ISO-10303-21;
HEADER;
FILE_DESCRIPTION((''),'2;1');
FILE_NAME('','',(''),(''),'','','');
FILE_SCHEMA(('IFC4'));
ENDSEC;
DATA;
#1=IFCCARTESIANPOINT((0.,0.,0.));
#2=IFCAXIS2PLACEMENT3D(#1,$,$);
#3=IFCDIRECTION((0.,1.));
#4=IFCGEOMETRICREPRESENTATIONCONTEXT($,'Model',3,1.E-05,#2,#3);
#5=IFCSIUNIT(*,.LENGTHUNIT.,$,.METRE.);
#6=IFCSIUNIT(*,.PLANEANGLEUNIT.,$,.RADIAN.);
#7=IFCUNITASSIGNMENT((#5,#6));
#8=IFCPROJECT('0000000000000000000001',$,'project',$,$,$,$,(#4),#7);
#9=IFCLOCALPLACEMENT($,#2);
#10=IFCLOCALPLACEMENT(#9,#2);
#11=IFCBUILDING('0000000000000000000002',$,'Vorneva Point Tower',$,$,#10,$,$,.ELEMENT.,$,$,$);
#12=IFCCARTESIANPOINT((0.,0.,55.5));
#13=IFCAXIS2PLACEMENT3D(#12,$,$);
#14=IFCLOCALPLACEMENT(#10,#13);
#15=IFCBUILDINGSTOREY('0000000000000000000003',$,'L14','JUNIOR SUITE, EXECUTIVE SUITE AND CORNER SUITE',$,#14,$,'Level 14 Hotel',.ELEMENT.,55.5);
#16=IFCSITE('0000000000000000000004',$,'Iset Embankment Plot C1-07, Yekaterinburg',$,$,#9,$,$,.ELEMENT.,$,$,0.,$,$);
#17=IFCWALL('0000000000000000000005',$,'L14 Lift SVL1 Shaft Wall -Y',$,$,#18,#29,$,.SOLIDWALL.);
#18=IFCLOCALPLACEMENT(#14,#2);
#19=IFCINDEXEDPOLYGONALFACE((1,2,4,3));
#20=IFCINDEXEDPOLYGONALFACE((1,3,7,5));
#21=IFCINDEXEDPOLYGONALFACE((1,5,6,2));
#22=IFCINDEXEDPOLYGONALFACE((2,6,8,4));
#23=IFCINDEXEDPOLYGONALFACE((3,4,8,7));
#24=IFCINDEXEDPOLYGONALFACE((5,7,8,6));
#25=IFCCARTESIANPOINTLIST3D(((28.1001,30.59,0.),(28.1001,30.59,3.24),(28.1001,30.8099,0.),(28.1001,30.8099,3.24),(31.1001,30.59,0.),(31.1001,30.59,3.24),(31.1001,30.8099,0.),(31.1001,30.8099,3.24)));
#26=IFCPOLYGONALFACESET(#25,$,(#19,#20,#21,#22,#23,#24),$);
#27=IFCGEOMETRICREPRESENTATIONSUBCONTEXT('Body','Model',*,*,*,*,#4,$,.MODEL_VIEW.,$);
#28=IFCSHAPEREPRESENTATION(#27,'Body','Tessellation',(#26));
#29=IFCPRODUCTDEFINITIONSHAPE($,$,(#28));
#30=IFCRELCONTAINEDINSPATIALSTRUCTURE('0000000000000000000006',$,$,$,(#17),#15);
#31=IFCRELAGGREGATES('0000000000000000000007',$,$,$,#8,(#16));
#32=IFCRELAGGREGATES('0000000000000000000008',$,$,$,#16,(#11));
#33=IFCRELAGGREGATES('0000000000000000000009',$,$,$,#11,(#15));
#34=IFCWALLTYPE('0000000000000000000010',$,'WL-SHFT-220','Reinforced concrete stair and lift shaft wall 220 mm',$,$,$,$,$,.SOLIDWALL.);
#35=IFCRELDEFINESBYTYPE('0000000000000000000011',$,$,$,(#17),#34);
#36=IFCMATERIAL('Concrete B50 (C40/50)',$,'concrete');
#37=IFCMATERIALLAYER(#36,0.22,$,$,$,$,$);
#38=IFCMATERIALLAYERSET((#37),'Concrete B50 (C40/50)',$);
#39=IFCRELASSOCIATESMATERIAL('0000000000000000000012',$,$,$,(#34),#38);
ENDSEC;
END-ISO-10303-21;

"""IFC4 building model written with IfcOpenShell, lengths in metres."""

from ifc_helpers import new_model, si_unit, direction, frame, frame_2d, origin, place, context, subcontext, project, spatial, rectangle, extrude, material, layer, layer_set, type_object, element, save


model = new_model("IFC4")

# Units and contexts
model_context = context("Model", 3, precision=1e-05, world=origin(), true_north=direction((0.0, 1.0)))
body_context = subcontext(model_context, "Body", "Model", "MODEL_VIEW")
ifc_project = project(units=[si_unit("LENGTHUNIT", "METRE"), si_unit("PLANEANGLEUNIT", "RADIAN")], contexts=[model_context])

# Site, building, storey
site_placement = place(None, origin())
site = spatial("IfcSite", under=ifc_project, at=site_placement, Name="Iset Embankment Plot C1-07, Yekaterinburg", CompositionType="ELEMENT", RefElevation=0.0)
building_placement = place(site_placement, origin())
building = spatial("IfcBuilding", under=site, at=building_placement, Name="Vorneva Point Tower", CompositionType="ELEMENT")
storey_placement = place(building_placement, frame((0.0, 0.0, 55.5)))
storey = spatial("IfcBuildingStorey", under=building, at=storey_placement, Name="L14", Description="JUNIOR SUITE, EXECUTIVE SUITE AND CORNER SUITE", LongName="Level 14 Hotel", CompositionType="ELEMENT", Elevation=55.5)

# Shared definitions
ifc_material_1 = material(Name="Concrete B50 (C40/50)", Category="concrete")
ifc_layer_1 = layer(ifc_material_1, 0.22)
ifc_layer_set_1 = layer_set([ifc_layer_1], Name="Concrete B50 (C40/50)")
wall_type_1 = type_object("IfcWallType", Name="WL-SHFT-220", Description="Reinforced concrete stair and lift shaft wall 220 mm", PredefinedType="SOLIDWALL", material=ifc_layer_set_1)

# Wall
wall_1_placement = place(storey_placement, frame((28.1001, 30.7, 0.0), z_axis=(0.0, 0.0, 1.0), x_axis=(1.0, 0.0, 0.0)))
element("IfcWall", 1, at=wall_1_placement, inside=storey, type_object=wall_type_1, Name="L14 Lift SVL1 Shaft Wall -Y", PredefinedType="SOLIDWALL", context=body_context, shape_type="SweptSolid", body=[
    extrude(rectangle(XDim=3.0, YDim=0.22, at=frame_2d((1.5, 0.0))), origin(), (0.0, 0.0, 1.0), 3.24),
])

save(model, "model.ifc")
